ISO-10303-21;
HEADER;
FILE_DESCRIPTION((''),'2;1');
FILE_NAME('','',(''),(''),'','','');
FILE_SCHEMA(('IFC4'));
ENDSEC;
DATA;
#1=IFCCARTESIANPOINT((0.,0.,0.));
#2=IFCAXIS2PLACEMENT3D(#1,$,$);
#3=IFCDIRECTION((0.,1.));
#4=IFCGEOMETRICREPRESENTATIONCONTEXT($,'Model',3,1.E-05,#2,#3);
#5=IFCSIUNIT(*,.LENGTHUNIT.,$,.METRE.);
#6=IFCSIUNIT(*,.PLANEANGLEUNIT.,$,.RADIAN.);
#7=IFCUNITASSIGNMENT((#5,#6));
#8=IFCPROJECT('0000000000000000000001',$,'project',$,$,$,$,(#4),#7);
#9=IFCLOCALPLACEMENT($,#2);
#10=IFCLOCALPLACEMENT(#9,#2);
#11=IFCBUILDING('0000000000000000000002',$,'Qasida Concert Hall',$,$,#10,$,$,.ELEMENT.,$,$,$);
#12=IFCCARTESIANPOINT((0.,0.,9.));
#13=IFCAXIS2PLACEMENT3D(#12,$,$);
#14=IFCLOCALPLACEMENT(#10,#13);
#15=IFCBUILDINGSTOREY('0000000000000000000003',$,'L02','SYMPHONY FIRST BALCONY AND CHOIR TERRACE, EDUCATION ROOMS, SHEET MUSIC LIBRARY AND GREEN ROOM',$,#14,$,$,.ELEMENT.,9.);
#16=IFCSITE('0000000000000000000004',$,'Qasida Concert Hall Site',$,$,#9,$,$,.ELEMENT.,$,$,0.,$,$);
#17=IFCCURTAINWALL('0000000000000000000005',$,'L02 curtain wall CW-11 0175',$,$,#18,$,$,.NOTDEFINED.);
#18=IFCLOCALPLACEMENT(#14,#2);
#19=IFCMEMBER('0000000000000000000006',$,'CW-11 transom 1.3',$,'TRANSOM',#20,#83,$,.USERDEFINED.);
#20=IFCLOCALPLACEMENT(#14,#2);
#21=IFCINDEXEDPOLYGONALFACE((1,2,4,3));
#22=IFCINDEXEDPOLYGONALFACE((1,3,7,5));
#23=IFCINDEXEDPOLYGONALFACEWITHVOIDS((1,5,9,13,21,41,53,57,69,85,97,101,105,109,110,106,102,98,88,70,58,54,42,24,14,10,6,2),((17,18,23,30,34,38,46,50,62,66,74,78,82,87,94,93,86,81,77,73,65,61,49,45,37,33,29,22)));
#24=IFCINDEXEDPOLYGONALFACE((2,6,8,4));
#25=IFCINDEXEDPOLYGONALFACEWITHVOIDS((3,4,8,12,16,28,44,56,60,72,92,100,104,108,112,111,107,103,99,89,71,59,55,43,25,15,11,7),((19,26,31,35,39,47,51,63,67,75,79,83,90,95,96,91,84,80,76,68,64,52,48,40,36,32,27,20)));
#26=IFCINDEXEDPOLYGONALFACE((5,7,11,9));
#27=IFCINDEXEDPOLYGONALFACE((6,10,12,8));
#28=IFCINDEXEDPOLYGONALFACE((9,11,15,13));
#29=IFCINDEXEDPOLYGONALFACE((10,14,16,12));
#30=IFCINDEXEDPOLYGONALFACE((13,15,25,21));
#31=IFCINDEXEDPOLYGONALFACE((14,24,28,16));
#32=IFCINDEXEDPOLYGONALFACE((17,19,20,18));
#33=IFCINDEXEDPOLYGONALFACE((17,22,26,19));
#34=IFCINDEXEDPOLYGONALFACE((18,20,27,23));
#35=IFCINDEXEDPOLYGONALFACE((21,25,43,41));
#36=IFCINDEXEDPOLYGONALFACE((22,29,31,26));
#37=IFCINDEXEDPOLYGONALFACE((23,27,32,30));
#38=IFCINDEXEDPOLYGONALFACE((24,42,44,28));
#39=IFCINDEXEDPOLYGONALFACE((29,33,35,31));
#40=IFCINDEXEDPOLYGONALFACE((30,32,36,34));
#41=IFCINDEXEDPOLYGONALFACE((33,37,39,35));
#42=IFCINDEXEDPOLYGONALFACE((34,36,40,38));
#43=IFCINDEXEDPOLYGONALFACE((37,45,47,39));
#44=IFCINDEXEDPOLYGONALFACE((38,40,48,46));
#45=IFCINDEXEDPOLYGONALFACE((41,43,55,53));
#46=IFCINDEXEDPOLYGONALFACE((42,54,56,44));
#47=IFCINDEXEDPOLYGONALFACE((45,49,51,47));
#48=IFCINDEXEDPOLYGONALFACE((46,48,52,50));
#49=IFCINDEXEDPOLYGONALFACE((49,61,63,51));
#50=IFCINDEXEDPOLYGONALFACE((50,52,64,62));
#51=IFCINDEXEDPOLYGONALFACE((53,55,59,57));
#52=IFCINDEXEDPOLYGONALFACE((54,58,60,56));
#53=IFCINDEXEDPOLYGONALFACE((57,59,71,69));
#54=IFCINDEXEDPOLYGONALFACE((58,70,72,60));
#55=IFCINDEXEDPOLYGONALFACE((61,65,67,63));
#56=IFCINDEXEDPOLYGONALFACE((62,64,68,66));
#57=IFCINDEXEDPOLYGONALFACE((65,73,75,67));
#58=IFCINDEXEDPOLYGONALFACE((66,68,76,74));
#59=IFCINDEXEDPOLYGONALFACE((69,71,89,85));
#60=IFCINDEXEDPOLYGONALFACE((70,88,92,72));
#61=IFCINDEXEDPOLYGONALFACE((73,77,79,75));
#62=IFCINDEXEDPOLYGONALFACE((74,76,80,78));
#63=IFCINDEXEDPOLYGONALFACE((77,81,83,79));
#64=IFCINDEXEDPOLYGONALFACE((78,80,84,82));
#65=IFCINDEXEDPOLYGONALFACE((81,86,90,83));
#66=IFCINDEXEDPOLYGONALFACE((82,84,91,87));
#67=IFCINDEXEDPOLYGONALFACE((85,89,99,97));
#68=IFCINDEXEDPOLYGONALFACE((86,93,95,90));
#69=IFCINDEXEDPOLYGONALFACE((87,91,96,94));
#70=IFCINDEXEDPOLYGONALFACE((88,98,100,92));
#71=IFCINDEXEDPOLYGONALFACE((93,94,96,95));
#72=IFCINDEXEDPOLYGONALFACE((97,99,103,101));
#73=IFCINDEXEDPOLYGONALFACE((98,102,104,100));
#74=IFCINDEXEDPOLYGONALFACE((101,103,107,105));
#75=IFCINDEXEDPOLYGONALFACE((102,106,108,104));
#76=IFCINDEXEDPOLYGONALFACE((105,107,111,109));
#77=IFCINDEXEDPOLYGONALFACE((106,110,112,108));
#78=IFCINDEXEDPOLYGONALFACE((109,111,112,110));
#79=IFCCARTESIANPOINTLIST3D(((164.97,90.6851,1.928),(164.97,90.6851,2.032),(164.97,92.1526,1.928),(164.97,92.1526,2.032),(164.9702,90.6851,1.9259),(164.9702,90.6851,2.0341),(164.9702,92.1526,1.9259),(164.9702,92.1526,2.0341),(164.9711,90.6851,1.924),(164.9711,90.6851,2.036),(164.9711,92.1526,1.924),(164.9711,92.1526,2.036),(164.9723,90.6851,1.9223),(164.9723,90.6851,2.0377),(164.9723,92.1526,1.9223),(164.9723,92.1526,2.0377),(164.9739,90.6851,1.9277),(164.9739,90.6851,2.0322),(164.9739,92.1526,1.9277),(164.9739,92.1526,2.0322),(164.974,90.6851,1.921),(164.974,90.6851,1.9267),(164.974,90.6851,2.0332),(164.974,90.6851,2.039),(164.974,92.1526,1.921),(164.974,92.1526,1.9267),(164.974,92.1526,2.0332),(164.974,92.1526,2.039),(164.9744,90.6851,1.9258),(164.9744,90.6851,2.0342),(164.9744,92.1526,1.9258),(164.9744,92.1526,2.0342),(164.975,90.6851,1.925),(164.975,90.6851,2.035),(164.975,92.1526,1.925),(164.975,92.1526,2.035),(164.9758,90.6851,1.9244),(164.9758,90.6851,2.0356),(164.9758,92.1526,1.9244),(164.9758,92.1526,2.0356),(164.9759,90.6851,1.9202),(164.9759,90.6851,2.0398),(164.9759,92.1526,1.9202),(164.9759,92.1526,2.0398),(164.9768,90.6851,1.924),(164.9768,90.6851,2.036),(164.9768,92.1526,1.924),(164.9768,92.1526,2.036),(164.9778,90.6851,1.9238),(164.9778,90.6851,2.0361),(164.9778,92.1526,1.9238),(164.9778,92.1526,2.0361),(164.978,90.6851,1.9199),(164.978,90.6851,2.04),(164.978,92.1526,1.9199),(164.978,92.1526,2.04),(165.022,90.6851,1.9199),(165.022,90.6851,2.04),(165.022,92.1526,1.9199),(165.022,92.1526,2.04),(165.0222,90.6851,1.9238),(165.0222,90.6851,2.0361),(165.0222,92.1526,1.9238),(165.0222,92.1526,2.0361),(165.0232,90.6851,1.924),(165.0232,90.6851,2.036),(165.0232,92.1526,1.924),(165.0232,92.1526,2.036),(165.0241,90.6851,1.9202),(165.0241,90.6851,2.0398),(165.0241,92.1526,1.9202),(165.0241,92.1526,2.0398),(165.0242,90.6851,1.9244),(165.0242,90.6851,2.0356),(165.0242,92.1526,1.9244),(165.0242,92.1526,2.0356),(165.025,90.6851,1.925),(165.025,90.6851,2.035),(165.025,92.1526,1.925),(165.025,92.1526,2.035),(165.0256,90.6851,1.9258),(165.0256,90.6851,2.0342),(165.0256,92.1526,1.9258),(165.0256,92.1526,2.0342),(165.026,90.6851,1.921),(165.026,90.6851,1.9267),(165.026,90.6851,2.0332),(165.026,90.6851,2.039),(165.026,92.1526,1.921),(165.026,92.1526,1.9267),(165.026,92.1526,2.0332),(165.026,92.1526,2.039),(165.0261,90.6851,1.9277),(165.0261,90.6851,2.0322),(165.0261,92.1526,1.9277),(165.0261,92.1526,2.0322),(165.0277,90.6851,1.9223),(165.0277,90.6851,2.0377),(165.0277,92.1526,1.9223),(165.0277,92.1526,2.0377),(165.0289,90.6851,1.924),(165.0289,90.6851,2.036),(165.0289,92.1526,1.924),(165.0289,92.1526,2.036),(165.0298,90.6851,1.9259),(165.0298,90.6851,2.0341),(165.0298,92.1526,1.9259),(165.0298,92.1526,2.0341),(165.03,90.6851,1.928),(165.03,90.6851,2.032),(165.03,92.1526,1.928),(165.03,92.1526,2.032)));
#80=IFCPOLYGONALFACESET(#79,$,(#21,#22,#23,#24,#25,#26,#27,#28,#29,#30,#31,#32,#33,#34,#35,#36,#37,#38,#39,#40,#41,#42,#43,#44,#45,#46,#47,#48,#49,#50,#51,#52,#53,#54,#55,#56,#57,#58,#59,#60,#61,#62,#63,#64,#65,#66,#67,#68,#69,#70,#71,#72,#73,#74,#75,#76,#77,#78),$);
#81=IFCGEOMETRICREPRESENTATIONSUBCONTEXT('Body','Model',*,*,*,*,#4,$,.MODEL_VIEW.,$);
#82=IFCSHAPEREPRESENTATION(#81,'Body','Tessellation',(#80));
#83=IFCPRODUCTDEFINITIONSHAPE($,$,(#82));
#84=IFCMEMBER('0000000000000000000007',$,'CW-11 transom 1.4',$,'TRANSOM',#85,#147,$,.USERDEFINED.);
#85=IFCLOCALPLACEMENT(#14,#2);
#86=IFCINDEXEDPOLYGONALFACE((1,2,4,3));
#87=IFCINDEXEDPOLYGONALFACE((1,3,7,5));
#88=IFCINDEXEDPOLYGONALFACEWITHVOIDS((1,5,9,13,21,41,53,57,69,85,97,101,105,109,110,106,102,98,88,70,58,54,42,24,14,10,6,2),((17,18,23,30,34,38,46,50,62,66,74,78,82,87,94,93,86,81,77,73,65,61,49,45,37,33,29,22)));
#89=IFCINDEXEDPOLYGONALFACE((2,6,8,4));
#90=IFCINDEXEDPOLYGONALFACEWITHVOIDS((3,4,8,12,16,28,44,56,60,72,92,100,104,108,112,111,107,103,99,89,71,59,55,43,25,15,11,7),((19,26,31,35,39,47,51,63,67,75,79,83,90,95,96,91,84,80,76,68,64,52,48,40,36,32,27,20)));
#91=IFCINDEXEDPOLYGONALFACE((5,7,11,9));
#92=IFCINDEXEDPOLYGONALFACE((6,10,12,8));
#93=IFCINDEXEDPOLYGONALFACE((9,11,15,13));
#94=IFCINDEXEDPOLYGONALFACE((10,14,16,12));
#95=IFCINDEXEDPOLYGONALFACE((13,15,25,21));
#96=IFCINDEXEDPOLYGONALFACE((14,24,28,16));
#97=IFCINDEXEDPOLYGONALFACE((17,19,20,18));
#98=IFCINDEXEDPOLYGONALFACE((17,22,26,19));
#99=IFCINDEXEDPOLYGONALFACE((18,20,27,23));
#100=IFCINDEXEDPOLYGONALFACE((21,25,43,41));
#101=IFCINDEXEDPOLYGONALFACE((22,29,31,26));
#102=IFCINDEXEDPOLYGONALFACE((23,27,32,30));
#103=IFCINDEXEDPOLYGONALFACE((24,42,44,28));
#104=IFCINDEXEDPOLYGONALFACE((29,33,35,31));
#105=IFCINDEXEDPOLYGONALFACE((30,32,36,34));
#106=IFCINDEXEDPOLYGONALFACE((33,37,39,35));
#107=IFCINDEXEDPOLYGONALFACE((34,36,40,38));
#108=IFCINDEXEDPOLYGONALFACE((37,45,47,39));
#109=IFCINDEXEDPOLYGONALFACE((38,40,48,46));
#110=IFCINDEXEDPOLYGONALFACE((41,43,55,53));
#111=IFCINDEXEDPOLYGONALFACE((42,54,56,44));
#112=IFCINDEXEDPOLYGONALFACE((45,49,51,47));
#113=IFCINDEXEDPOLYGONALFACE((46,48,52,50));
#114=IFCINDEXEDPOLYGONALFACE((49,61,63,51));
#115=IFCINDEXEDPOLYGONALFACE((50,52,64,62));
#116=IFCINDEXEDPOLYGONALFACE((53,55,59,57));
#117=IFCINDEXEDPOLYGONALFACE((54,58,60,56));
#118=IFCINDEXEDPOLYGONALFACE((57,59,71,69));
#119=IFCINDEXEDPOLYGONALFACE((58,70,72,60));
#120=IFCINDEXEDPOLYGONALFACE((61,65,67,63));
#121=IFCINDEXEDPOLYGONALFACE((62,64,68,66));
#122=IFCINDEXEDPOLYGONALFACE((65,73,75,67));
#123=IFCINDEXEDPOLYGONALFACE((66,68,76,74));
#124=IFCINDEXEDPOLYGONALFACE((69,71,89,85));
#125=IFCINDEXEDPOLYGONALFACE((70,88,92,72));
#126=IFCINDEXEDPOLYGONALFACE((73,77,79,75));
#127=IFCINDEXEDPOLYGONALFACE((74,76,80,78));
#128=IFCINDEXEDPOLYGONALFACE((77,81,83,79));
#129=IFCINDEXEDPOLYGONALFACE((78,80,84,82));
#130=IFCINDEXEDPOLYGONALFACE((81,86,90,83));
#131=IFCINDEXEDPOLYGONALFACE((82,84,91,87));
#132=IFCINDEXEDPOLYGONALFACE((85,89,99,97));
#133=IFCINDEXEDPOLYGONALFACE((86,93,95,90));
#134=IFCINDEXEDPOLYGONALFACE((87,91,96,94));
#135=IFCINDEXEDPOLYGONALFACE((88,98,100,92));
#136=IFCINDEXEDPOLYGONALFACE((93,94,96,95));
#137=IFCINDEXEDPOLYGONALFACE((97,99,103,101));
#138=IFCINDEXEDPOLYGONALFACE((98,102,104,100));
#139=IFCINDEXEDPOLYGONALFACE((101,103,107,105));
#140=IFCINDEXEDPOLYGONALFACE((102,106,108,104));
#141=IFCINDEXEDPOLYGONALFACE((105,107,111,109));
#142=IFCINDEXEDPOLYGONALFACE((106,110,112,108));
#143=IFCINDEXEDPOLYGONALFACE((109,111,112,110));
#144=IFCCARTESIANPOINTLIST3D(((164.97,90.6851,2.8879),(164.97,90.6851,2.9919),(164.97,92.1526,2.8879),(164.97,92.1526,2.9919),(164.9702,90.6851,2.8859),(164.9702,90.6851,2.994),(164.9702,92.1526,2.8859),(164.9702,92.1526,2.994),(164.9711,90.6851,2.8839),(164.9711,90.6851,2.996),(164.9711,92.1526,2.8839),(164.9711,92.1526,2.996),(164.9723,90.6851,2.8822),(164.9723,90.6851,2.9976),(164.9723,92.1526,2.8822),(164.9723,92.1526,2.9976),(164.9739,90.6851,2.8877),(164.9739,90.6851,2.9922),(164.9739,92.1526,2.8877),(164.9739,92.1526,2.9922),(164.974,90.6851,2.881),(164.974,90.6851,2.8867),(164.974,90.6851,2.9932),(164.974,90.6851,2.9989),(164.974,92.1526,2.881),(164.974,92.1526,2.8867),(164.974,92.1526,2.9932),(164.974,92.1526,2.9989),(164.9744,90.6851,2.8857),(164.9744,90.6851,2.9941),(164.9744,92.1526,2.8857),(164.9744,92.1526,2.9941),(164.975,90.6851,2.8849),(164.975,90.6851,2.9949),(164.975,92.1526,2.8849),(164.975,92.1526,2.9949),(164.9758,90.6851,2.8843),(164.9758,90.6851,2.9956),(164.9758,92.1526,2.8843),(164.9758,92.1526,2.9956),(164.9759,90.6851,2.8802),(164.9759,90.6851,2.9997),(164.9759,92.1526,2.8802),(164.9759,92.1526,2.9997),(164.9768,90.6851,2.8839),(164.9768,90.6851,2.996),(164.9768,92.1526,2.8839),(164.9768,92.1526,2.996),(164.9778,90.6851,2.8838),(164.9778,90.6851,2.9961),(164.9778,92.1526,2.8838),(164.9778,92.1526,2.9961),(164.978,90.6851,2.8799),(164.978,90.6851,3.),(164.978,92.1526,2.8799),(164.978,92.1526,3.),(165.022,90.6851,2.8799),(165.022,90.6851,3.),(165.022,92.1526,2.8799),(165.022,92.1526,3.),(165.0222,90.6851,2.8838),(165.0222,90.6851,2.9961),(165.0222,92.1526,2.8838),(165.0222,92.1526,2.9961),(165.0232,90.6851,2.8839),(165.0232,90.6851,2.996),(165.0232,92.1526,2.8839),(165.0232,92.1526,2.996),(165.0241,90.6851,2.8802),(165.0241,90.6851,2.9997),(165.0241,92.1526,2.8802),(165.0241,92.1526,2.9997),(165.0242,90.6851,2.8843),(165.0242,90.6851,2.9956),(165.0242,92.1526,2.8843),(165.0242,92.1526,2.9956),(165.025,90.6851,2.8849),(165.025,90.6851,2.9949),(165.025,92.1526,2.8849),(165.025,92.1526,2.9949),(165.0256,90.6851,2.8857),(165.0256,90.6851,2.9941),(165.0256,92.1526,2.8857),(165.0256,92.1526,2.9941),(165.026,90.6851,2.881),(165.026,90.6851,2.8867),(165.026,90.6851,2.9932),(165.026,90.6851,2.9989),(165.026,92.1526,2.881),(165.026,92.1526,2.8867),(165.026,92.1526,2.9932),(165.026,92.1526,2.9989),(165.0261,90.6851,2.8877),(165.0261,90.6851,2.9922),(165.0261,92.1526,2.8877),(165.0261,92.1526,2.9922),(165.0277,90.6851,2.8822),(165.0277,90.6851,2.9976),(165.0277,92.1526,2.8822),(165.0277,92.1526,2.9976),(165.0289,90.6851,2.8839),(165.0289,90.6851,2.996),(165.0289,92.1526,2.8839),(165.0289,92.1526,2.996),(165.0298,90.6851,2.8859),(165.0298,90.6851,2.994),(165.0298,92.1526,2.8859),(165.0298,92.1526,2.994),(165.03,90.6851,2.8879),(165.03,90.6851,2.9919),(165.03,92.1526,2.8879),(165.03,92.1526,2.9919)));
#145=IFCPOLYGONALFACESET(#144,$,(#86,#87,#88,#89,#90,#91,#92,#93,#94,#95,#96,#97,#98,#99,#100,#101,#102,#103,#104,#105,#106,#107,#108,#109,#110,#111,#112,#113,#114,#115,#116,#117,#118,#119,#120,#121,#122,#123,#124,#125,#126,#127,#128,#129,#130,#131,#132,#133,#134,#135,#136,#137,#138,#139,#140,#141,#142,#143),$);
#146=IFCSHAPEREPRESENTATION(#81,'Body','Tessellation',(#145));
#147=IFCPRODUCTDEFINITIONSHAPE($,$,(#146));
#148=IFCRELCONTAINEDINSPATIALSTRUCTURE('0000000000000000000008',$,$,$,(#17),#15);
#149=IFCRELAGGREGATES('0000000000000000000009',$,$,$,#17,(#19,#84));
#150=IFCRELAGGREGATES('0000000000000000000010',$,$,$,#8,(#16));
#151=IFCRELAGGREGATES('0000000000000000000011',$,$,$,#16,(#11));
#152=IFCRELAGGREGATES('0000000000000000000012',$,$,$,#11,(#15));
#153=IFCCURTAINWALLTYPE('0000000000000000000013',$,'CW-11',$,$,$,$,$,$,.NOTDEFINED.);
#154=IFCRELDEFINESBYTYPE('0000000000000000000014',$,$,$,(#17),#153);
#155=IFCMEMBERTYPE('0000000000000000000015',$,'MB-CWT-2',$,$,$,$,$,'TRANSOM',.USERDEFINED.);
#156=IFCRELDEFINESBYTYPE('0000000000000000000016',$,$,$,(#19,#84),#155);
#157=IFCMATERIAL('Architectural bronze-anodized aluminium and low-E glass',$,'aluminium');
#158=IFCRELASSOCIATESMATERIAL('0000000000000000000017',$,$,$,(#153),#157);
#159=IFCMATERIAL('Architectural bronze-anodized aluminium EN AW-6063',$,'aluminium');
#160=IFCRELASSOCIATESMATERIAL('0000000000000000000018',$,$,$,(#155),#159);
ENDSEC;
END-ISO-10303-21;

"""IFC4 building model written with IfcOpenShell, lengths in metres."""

from ifc_helpers import new_model, si_unit, direction, frame, origin, origin_2d, place, context, subcontext, project, spatial, hollow_rectangle, extrude, material, material_profile, profile_set, type_object, element, aggregate, save


model = new_model("IFC4")

# Units and contexts
model_context = context("Model", 3, precision=1e-05, world=origin(), true_north=direction((0.0, 1.0)))
body_context = subcontext(model_context, "Body", "Model", "MODEL_VIEW")
ifc_project = project(units=[si_unit("LENGTHUNIT", "METRE"), si_unit("PLANEANGLEUNIT", "RADIAN")], contexts=[model_context])

# Site, building, storey
site_placement = place(None, origin())
site = spatial("IfcSite", under=ifc_project, at=site_placement, Name="Qasida Concert Hall Site", CompositionType="ELEMENT", RefElevation=0.0)
building_placement = place(site_placement, origin())
building = spatial("IfcBuilding", under=site, at=building_placement, Name="Qasida Concert Hall", CompositionType="ELEMENT")
storey_placement = place(building_placement, frame((0.0, 0.0, 9.0)))
storey = spatial("IfcBuildingStorey", under=building, at=storey_placement, Name="L02", Description="SYMPHONY FIRST BALCONY AND CHOIR TERRACE, EDUCATION ROOMS, SHEET MUSIC LIBRARY AND GREEN ROOM", CompositionType="ELEMENT", Elevation=9.0)

# Curtain wall, members
ifc_material_1 = material(Name="Architectural bronze-anodized aluminium and low-E glass", Category="aluminium")
curtain_wall_type = type_object("IfcCurtainWallType", Name="CW-11", PredefinedType="NOTDEFINED", material=ifc_material_1)
curtain_wall_placement = place(storey_placement, origin())
curtain_wall = element("IfcCurtainWall", 1, at=curtain_wall_placement, inside=storey, type_object=curtain_wall_type, Name="L02 curtain wall CW-11 0175", PredefinedType="NOTDEFINED")
ifc_material_2 = material(Name="Architectural bronze-anodized aluminium EN AW-6063", Category="aluminium")
ifc_material_profile_1 = material_profile(ifc_material_2, hollow_rectangle(XDim=0.0601, YDim=0.1201, WallThickness=0.0039, InnerFilletRadius=0.0039, OuterFilletRadius=0.0081, at=origin_2d()), Name="CWT 120x60x4")
ifc_profile_set_1 = profile_set([ifc_material_profile_1], Name="Architectural bronze-anodized aluminium EN AW-6063")
member_type_1 = type_object("IfcMemberType", Name="MB-CWT-2", ElementType="TRANSOM", PredefinedType="USERDEFINED", material=ifc_profile_set_1)
member_1_placement = place(storey_placement, frame((165.0, 90.6851, 1.98), z_axis=(0.0, 1.0, 0.0), x_axis=(-1.0, 0.0, 0.0)))
member_1 = element("IfcMember", 2, at=member_1_placement, type_object=member_type_1, Name="CW-11 transom 1.3", ObjectType="TRANSOM", PredefinedType="USERDEFINED", context=body_context, shape_type="SweptSolid", body=[
    extrude(hollow_rectangle(XDim=0.0601, YDim=0.1201, WallThickness=0.0039, InnerFilletRadius=0.0039, OuterFilletRadius=0.0081, at=origin_2d()), origin(), (0.0, 0.0, 1.0), 1.4675),
])
member_2_placement = place(storey_placement, frame((165.0, 90.6851, 2.9399), z_axis=(0.0, 1.0, 0.0), x_axis=(-1.0, 0.0, 0.0)))
member_2 = element("IfcMember", 3, at=member_2_placement, type_object=member_type_1, Name="CW-11 transom 1.4", ObjectType="TRANSOM", PredefinedType="USERDEFINED", context=body_context, shape_type="SweptSolid", body=[
    extrude(hollow_rectangle(XDim=0.0601, YDim=0.1201, WallThickness=0.0039, InnerFilletRadius=0.0039, OuterFilletRadius=0.0081, at=origin_2d()), origin(), (0.0, 0.0, 1.0), 1.4675),
])
aggregate(curtain_wall, [member_1, member_2])

save(model, "model.ifc")
